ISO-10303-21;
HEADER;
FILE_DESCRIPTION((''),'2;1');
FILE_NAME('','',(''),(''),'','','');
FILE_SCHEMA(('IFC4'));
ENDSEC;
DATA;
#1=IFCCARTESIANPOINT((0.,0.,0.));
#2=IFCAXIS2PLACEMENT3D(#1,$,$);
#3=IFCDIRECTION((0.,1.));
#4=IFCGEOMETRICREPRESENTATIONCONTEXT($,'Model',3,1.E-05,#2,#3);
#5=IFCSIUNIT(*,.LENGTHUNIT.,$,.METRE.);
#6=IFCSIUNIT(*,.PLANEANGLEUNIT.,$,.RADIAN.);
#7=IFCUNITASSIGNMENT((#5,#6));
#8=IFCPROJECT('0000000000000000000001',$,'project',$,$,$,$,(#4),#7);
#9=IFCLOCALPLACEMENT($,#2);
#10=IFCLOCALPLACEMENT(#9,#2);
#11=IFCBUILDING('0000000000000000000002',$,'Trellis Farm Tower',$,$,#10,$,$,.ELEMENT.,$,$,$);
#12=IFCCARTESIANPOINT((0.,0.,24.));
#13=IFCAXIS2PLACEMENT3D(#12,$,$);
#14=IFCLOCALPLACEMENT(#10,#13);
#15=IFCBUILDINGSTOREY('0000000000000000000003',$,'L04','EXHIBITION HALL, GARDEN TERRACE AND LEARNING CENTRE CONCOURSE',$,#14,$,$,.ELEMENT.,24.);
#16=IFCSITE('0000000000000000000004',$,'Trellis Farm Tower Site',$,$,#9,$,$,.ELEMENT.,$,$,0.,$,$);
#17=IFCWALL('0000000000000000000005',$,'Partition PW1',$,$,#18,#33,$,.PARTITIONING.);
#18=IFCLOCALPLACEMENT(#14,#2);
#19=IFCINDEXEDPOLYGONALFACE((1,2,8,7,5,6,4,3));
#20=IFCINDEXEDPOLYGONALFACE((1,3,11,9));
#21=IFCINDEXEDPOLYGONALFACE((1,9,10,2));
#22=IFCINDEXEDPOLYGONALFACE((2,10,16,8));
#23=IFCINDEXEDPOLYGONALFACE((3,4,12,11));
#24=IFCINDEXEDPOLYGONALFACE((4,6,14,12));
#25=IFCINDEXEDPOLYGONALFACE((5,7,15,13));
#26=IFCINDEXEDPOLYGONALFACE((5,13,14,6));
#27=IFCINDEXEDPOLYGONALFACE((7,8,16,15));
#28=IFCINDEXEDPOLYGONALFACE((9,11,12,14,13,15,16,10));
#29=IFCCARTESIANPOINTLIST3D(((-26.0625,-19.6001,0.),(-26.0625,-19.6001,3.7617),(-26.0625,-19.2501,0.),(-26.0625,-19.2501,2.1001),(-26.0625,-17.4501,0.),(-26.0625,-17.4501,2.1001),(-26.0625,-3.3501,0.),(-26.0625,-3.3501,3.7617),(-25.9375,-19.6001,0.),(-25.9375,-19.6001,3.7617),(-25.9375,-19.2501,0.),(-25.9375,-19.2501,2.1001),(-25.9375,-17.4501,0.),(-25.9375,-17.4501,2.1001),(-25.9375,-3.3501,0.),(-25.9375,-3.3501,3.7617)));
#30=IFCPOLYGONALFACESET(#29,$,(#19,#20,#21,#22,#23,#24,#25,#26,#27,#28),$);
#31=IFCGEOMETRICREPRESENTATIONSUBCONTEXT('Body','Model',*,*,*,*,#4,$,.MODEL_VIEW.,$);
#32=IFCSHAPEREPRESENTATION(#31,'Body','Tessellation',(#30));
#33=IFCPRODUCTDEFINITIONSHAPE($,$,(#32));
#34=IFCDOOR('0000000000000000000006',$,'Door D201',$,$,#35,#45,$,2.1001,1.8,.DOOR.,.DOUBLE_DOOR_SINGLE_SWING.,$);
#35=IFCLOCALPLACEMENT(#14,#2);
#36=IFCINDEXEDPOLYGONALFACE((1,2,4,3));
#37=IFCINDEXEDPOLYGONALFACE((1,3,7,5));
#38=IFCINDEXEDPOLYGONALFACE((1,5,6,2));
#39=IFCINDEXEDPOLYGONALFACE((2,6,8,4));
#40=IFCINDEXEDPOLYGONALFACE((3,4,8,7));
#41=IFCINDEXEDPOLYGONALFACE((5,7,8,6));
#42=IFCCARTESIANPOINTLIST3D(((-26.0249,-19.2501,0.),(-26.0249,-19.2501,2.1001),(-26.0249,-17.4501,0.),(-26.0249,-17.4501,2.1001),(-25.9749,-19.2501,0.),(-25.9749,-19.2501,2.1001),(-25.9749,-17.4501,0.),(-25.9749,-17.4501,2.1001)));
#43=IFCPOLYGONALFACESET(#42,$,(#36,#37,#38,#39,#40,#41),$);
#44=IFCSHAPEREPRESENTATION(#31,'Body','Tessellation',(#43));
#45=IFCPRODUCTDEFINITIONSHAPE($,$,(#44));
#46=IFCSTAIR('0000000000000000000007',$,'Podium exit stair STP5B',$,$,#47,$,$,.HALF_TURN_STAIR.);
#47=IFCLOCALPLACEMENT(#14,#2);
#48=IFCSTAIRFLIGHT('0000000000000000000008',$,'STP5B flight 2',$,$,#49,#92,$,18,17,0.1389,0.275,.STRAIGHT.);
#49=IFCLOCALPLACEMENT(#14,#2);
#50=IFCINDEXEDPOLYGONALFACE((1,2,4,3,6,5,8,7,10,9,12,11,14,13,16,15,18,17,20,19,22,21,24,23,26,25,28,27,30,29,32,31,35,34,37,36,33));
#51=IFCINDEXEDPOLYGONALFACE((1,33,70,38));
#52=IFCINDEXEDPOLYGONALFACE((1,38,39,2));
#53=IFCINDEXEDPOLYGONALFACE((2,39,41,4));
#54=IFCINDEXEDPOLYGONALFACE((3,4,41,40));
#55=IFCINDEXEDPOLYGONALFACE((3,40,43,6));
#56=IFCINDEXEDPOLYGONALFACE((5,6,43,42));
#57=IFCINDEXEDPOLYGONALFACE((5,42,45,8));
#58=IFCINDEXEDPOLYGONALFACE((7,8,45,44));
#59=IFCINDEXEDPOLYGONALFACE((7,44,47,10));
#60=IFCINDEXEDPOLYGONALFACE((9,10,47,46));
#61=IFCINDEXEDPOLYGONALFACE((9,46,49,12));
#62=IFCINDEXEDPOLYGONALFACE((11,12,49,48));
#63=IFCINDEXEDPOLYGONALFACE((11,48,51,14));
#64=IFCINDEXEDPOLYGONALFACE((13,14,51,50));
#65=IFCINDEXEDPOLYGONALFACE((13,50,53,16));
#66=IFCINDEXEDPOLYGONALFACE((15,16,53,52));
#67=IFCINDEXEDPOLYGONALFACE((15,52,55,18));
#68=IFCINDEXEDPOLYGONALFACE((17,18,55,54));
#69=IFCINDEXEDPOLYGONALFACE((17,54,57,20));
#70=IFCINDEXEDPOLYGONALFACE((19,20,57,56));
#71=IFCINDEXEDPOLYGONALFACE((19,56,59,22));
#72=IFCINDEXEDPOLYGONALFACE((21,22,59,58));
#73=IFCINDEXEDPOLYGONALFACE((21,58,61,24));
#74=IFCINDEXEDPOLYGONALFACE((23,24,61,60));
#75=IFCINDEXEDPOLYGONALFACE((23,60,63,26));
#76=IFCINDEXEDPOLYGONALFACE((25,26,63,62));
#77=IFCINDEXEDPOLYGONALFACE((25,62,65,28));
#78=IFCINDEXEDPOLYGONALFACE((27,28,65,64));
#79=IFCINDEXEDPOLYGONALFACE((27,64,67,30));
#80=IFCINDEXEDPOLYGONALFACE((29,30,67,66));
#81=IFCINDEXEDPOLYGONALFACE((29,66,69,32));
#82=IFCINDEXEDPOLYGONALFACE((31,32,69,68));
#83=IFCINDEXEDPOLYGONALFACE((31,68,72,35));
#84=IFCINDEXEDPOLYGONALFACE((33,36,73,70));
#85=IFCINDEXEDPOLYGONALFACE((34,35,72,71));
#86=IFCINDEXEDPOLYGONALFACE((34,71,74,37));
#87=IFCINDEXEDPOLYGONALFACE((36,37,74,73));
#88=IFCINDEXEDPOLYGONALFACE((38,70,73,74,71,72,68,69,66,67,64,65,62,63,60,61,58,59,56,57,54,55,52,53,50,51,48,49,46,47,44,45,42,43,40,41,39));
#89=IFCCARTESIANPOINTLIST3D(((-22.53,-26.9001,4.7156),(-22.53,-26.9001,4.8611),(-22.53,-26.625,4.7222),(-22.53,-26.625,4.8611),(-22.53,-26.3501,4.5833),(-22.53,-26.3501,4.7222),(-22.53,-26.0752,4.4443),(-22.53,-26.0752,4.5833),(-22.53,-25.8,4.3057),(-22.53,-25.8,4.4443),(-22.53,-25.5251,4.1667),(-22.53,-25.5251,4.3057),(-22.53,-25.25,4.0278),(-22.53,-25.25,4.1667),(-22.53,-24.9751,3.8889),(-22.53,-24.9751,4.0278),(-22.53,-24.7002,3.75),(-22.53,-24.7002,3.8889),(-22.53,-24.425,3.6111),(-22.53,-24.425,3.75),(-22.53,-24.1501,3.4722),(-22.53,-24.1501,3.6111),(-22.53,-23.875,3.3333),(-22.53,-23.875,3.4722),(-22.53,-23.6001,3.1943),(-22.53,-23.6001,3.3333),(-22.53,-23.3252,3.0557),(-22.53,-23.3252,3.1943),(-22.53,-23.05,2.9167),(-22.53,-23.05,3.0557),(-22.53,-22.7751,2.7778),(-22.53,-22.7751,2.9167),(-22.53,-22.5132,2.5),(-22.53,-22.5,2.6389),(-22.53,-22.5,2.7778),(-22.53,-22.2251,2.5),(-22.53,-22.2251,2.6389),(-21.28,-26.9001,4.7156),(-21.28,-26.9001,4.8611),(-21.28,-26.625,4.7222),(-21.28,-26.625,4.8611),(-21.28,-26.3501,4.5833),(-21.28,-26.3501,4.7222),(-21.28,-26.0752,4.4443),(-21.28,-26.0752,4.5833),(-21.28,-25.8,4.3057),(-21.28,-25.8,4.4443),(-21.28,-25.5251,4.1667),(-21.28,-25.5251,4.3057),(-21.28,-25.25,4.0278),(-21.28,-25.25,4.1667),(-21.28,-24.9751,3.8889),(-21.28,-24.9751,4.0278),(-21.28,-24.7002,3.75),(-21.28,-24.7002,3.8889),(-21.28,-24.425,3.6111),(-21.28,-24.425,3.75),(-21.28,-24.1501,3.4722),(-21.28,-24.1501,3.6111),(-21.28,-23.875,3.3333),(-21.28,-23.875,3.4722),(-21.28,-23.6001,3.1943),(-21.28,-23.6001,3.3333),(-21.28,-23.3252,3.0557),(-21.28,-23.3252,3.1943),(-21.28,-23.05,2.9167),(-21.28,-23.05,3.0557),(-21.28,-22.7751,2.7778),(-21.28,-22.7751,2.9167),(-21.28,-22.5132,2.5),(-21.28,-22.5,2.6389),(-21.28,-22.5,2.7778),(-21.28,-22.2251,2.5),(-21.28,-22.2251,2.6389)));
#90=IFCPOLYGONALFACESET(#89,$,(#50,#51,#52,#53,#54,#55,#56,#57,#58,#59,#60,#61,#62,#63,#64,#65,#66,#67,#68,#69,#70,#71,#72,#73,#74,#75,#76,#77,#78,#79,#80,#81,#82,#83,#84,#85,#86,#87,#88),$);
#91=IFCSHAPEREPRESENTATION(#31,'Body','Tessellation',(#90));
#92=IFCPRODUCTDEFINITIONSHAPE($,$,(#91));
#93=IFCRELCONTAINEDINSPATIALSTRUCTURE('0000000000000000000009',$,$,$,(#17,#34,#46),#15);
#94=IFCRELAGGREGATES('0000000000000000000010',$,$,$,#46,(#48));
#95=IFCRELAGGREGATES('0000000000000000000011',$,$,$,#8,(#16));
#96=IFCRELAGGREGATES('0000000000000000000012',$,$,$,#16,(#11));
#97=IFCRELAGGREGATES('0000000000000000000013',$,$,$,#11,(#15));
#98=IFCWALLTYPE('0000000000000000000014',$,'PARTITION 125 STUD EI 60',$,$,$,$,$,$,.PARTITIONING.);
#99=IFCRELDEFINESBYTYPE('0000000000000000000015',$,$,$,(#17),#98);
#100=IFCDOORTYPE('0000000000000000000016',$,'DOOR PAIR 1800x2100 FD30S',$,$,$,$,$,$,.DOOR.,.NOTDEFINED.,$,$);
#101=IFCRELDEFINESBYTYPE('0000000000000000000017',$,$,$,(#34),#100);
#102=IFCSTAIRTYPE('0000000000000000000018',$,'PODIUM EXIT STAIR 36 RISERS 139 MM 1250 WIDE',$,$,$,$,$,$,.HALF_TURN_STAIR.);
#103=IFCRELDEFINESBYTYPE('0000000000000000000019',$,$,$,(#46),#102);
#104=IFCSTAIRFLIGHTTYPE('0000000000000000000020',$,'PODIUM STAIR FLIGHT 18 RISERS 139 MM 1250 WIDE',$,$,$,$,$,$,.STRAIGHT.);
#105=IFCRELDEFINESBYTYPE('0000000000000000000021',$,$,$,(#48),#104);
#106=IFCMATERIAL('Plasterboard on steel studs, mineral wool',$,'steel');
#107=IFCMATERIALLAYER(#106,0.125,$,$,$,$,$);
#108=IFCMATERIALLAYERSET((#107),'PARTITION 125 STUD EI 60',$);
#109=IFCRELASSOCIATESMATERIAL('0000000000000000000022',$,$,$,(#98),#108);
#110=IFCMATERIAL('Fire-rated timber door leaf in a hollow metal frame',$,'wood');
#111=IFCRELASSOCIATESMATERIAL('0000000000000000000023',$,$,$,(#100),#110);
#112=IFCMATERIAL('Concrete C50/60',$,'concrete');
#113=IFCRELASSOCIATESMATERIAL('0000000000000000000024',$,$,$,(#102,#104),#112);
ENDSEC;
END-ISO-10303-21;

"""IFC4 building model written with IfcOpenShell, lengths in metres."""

from ifc_helpers import new_model, si_unit, direction, frame, frame_2d, origin, place, context, subcontext, project, spatial, polyline, rectangle, outline, extrude, source, transform, mapped, material, layer, layer_set, type_object, element, fill, aggregate, save


model = new_model("IFC4")

# Units and contexts
model_context = context("Model", 3, precision=1e-05, world=origin(), true_north=direction((0.0, 1.0)))
body_context = subcontext(model_context, "Body", "Model", "MODEL_VIEW")
ifc_project = project(units=[si_unit("LENGTHUNIT", "METRE"), si_unit("PLANEANGLEUNIT", "RADIAN")], contexts=[model_context])

# Site, building, storey
site_placement = place(None, origin())
site = spatial("IfcSite", under=ifc_project, at=site_placement, Name="Trellis Farm Tower Site", CompositionType="ELEMENT", RefElevation=0.0)
building_placement = place(site_placement, origin())
building = spatial("IfcBuilding", under=site, at=building_placement, Name="Trellis Farm Tower", CompositionType="ELEMENT")
storey_placement = place(building_placement, frame((0.0, 0.0, 24.0)))
storey = spatial("IfcBuildingStorey", under=building, at=storey_placement, Name="L04", Description="EXHIBITION HALL, GARDEN TERRACE AND LEARNING CENTRE CONCOURSE", CompositionType="ELEMENT", Elevation=24.0)

# Wall, opening, door
ifc_material_1 = material(Name="Plasterboard on steel studs, mineral wool", Category="steel")
ifc_layer_1 = layer(ifc_material_1, 0.125)
ifc_layer_set_1 = layer_set([ifc_layer_1], Name="PARTITION 125 STUD EI 60")
wall_type_1 = type_object("IfcWallType", Name="PARTITION 125 STUD EI 60", PredefinedType="PARTITIONING", material=ifc_layer_set_1)
shared_shape_1 = source(origin(), body_context, "Body", "SweptSolid", [
    extrude(rectangle(XDim=16.25, YDim=0.125, at=frame_2d((8.125, 0.0))), origin(), (0.0, 0.0, 1.0), 3.7617),
])
wall_1_placement = place(storey_placement, frame((-26.0, -19.6001, 0.0), z_axis=(0.0, 0.0, 1.0), x_axis=(0.0, 1.0, 0.0)))
wall_1 = element("IfcWall", 1, at=wall_1_placement, inside=storey, type_object=wall_type_1, Name="Partition PW1", PredefinedType="PARTITIONING", context=body_context, shape_type="MappedRepresentation", body=[
    mapped(shared_shape_1, transform((0.0, 0.0, 0.0))),
])
shared_shape_2 = source(origin(), body_context, "Body", "SweptSolid", [
    extrude(rectangle(XDim=1.8, YDim=2.1001, at=frame_2d((0.8999, 1.05))), frame((0.0, 0.0725, 0.0), z_axis=(0.0, -1.0, 0.0), x_axis=(1.0, 0.0, 0.0)), (0.0, 0.0, 1.0), 0.145),
])
opening_placement = place(wall_1_placement, frame((0.3501, 0.0, 0.0)))
opening = element("IfcOpeningElement", 2, at=opening_placement, cuts=wall_1, PredefinedType="OPENING", context=body_context, shape_type="MappedRepresentation", body=[
    mapped(shared_shape_2, transform((0.0, 0.0, 0.0))),
])
ifc_material_2 = material(Name="Fire-rated timber door leaf in a hollow metal frame", Category="wood")
door_type = type_object("IfcDoorType", Name="DOOR PAIR 1800x2100 FD30S", OperationType="NOTDEFINED", PredefinedType="DOOR", material=ifc_material_2)
shared_shape_3 = source(origin(), body_context, "Body", "SweptSolid", [
    extrude(rectangle(XDim=1.8, YDim=2.1001, at=frame_2d((0.8999, 1.05))), frame((0.0, 0.0249, 0.0), z_axis=(0.0, -1.0, 0.0), x_axis=(1.0, 0.0, 0.0)), (0.0, 0.0, 1.0), 0.05),
])
door_placement = place(opening_placement, origin())
door = element("IfcDoor", 3, at=door_placement, inside=storey, type_object=door_type, Name="Door D201", OperationType="DOUBLE_DOOR_SINGLE_SWING", OverallHeight=2.1001, OverallWidth=1.8, PredefinedType="DOOR", context=body_context, shape_type="MappedRepresentation", body=[
    mapped(shared_shape_3, transform((0.0, 0.0, 0.0))),
])
fill(opening, door)

# Stair, stair flight
ifc_material_3 = material(Name="Concrete C50/60", Category="concrete")
stair_type = type_object("IfcStairType", Name="PODIUM EXIT STAIR 36 RISERS 139 MM 1250 WIDE", PredefinedType="HALF_TURN_STAIR", material=ifc_material_3)
stair_placement = place(storey_placement, origin())
stair = element("IfcStair", 4, at=stair_placement, inside=storey, type_object=stair_type, Name="Podium exit stair STP5B", PredefinedType="HALF_TURN_STAIR")
stair_flight_type = type_object("IfcStairFlightType", Name="PODIUM STAIR FLIGHT 18 RISERS 139 MM 1250 WIDE", PredefinedType="STRAIGHT", material=ifc_material_3)
shared_shape_4 = source(origin(), body_context, "Body", "SweptSolid", [
    extrude(outline(polyline([(0.0, 0.0), (0.0, 0.1389), (0.2749, 0.1389), (0.2749, 0.2778), (0.55, 0.2778), (0.55, 0.4167), (0.825, 0.4167), (0.825, 0.5557), (1.1001, 0.5557), (1.1001, 0.6943), (1.375, 0.6943), (1.375, 0.8333), (1.6499, 0.8333), (1.6499, 0.9722), (1.925, 0.9722), (1.925, 1.1111), (2.2, 1.1111), (2.2, 1.25), (2.4751, 1.25), (2.4751, 1.3889), (2.75, 1.3889), (2.75, 1.5278), (3.0249, 1.5278), (3.0249, 1.6667), (3.3, 1.6667), (3.3, 1.8057), (3.575, 1.8057), (3.575, 1.9443), (3.8501, 1.9443), (3.8501, 2.0833), (4.125, 2.0833), (4.125, 2.2222), (4.3999, 2.2222), (4.3999, 2.3611), (4.675, 2.3611), (4.675, 2.5), (4.675, 2.2156), (0.2881, 0.0), (0.0, 0.0)])), frame((0.0, 0.625, 0.0), z_axis=(0.0, -1.0, 0.0), x_axis=(1.0, 0.0, 0.0)), (0.0, 0.0, 1.0), 1.25),
])
stair_flight_placement = place(storey_placement, frame((-21.905, -22.2251, 2.5), z_axis=(0.0, 0.0, 1.0), x_axis=(0.0, -1.0, 0.0)))
stair_flight = element("IfcStairFlight", 5, at=stair_flight_placement, type_object=stair_flight_type, Name="STP5B flight 2", NumberOfRisers=18, NumberOfTreads=17, PredefinedType="STRAIGHT", RiserHeight=0.1389, TreadLength=0.275, context=body_context, shape_type="MappedRepresentation", body=[
    mapped(shared_shape_4, transform((0.0, 0.0, 0.0))),
])
aggregate(stair, [stair_flight])

save(model, "model.ifc")
